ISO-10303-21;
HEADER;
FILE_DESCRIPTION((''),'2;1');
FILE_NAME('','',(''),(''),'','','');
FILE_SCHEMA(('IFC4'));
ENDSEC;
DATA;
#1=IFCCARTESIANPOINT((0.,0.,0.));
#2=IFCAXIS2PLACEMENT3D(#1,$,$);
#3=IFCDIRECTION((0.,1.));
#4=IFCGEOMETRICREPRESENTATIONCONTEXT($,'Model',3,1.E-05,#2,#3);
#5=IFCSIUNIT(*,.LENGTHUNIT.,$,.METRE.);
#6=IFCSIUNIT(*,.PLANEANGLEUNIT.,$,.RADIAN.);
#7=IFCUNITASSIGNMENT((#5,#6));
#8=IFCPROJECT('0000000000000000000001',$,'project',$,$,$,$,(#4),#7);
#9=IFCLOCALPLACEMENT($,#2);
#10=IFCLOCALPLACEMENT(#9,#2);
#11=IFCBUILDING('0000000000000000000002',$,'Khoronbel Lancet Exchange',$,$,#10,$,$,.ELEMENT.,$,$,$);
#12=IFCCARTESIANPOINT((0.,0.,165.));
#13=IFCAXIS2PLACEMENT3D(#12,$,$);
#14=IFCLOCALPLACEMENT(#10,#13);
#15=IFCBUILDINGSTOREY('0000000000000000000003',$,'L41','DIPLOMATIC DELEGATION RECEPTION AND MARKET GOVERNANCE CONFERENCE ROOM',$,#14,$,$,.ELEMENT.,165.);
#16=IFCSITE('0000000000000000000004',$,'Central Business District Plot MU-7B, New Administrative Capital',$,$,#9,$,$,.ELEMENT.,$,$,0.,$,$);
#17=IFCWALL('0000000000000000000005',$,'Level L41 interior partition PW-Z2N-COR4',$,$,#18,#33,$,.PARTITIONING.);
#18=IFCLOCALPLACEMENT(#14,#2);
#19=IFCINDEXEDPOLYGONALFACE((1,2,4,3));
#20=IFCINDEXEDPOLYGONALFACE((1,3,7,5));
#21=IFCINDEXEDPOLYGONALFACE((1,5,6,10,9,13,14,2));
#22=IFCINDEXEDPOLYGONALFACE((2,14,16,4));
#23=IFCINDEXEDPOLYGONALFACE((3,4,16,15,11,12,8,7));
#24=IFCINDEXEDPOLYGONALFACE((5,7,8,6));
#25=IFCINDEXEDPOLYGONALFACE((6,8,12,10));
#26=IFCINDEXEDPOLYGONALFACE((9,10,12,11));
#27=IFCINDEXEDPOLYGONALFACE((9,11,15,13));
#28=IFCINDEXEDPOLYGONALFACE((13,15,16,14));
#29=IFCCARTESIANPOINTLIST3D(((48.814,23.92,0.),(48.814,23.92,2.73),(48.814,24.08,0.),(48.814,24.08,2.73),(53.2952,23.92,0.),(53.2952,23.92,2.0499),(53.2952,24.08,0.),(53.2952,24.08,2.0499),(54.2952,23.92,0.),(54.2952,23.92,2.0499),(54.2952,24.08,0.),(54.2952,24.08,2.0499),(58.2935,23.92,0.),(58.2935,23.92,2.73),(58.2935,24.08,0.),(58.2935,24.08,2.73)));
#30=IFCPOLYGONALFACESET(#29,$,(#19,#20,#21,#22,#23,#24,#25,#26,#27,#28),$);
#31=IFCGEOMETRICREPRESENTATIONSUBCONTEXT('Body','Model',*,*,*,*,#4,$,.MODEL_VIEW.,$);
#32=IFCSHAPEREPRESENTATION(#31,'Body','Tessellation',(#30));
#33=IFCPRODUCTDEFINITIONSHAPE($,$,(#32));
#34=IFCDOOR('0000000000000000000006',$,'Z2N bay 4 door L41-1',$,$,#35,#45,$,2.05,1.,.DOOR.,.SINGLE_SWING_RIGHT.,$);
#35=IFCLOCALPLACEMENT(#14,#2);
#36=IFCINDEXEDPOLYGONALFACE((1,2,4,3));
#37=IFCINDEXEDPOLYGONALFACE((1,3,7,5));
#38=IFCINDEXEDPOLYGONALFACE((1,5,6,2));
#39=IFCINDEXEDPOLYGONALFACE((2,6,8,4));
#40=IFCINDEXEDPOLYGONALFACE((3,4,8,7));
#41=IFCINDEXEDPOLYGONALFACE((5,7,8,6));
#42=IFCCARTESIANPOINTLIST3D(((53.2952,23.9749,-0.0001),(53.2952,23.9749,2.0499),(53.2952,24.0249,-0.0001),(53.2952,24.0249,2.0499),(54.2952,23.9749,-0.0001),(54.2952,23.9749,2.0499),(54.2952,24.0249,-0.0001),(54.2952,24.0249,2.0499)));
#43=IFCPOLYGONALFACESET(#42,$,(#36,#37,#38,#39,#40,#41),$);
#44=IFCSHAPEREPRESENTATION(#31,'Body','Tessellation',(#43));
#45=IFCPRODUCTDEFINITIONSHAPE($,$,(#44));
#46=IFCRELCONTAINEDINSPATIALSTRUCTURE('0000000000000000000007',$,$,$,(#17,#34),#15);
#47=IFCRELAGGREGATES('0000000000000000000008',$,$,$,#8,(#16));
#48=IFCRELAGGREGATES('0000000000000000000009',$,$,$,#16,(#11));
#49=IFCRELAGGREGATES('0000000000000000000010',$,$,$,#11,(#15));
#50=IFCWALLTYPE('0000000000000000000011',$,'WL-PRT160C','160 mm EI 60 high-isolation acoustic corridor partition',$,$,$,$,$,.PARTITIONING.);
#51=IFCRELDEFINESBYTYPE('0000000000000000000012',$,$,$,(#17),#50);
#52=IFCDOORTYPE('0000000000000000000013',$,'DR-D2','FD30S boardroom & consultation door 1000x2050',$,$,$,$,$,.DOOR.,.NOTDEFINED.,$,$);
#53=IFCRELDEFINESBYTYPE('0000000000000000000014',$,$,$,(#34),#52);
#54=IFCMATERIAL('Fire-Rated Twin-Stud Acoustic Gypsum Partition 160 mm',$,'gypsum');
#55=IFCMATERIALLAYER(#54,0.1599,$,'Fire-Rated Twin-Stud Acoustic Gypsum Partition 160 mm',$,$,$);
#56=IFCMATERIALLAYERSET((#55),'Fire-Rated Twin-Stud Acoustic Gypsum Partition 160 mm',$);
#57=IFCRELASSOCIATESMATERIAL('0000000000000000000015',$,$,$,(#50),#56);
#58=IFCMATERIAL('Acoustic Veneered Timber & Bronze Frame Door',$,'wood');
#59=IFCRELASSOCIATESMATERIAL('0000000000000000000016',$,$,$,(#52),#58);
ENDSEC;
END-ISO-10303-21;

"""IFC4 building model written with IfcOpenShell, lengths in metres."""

from ifc_helpers import new_model, si_unit, direction, frame, frame_2d, origin, place, context, subcontext, project, spatial, rectangle, extrude, material, layer, layer_set, type_object, element, fill, save


model = new_model("IFC4")

# Units and contexts
model_context = context("Model", 3, precision=1e-05, world=origin(), true_north=direction((0.0, 1.0)))
body_context = subcontext(model_context, "Body", "Model", "MODEL_VIEW")
ifc_project = project(units=[si_unit("LENGTHUNIT", "METRE"), si_unit("PLANEANGLEUNIT", "RADIAN")], contexts=[model_context])

# Site, building, storey
site_placement = place(None, origin())
site = spatial("IfcSite", under=ifc_project, at=site_placement, Name="Central Business District Plot MU-7B, New Administrative Capital", CompositionType="ELEMENT", RefElevation=0.0)
building_placement = place(site_placement, origin())
building = spatial("IfcBuilding", under=site, at=building_placement, Name="Khoronbel Lancet Exchange", CompositionType="ELEMENT")
storey_placement = place(building_placement, frame((0.0, 0.0, 165.0)))
storey = spatial("IfcBuildingStorey", under=building, at=storey_placement, Name="L41", Description="DIPLOMATIC DELEGATION RECEPTION AND MARKET GOVERNANCE CONFERENCE ROOM", CompositionType="ELEMENT", Elevation=165.0)

# Wall, opening, door
ifc_material_1 = material(Name="Fire-Rated Twin-Stud Acoustic Gypsum Partition 160 mm", Category="gypsum")
ifc_layer_1 = layer(ifc_material_1, 0.1599, Name="Fire-Rated Twin-Stud Acoustic Gypsum Partition 160 mm")
ifc_layer_set_1 = layer_set([ifc_layer_1], Name="Fire-Rated Twin-Stud Acoustic Gypsum Partition 160 mm")
wall_type_1 = type_object("IfcWallType", Name="WL-PRT160C", Description="160 mm EI 60 high-isolation acoustic corridor partition", PredefinedType="PARTITIONING", material=ifc_layer_set_1)
ifc_material_2 = material(Name="Acoustic Veneered Timber & Bronze Frame Door", Category="wood")
door_type_1 = type_object("IfcDoorType", Name="DR-D2", Description="FD30S boardroom & consultation door 1000x2050", OperationType="NOTDEFINED", PredefinedType="DOOR", material=ifc_material_2)
wall_1_placement = place(storey_placement, frame((48.814, 24.0, 0.0), z_axis=(0.0, 0.0, 1.0), x_axis=(1.0, 0.0, 0.0)))
wall_1 = element("IfcWall", 1, at=wall_1_placement, inside=storey, type_object=wall_type_1, Name="Level L41 interior partition PW-Z2N-COR4", PredefinedType="PARTITIONING", context=body_context, shape_type="SweptSolid", body=[
    extrude(rectangle(XDim=9.4795, YDim=0.1599, at=frame_2d((4.7397, 0.0))), origin(), (0.0, 0.0, 1.0), 2.73),
])
opening_1_placement = place(wall_1_placement, frame((4.4812, 0.0, 0.0)))
opening_1 = element("IfcOpeningElement", 2, at=opening_1_placement, cuts=wall_1, PredefinedType="OPENING", context=body_context, shape_type="SweptSolid", body=[
    extrude(rectangle(XDim=1.0, YDim=2.05, at=frame_2d((0.5, 1.0249))), frame((0.0, 0.0898, 0.0), z_axis=(0.0, -1.0, 0.0), x_axis=(1.0, 0.0, 0.0)), (0.0, 0.0, 1.0), 0.1799),
])
door_1_placement = place(opening_1_placement, origin())
door_1 = element("IfcDoor", 3, at=door_1_placement, inside=storey, type_object=door_type_1, Name="Z2N bay 4 door L41-1", OperationType="SINGLE_SWING_RIGHT", OverallHeight=2.05, OverallWidth=1.0, PredefinedType="DOOR", context=body_context, shape_type="SweptSolid", body=[
    extrude(rectangle(XDim=1.0, YDim=2.05, at=frame_2d((0.5, 1.0249))), frame((0.0, 0.0249, 0.0), z_axis=(0.0, -1.0, 0.0), x_axis=(1.0, 0.0, 0.0)), (0.0, 0.0, 1.0), 0.05),
])
fill(opening_1, door_1)

save(model, "model.ifc")
